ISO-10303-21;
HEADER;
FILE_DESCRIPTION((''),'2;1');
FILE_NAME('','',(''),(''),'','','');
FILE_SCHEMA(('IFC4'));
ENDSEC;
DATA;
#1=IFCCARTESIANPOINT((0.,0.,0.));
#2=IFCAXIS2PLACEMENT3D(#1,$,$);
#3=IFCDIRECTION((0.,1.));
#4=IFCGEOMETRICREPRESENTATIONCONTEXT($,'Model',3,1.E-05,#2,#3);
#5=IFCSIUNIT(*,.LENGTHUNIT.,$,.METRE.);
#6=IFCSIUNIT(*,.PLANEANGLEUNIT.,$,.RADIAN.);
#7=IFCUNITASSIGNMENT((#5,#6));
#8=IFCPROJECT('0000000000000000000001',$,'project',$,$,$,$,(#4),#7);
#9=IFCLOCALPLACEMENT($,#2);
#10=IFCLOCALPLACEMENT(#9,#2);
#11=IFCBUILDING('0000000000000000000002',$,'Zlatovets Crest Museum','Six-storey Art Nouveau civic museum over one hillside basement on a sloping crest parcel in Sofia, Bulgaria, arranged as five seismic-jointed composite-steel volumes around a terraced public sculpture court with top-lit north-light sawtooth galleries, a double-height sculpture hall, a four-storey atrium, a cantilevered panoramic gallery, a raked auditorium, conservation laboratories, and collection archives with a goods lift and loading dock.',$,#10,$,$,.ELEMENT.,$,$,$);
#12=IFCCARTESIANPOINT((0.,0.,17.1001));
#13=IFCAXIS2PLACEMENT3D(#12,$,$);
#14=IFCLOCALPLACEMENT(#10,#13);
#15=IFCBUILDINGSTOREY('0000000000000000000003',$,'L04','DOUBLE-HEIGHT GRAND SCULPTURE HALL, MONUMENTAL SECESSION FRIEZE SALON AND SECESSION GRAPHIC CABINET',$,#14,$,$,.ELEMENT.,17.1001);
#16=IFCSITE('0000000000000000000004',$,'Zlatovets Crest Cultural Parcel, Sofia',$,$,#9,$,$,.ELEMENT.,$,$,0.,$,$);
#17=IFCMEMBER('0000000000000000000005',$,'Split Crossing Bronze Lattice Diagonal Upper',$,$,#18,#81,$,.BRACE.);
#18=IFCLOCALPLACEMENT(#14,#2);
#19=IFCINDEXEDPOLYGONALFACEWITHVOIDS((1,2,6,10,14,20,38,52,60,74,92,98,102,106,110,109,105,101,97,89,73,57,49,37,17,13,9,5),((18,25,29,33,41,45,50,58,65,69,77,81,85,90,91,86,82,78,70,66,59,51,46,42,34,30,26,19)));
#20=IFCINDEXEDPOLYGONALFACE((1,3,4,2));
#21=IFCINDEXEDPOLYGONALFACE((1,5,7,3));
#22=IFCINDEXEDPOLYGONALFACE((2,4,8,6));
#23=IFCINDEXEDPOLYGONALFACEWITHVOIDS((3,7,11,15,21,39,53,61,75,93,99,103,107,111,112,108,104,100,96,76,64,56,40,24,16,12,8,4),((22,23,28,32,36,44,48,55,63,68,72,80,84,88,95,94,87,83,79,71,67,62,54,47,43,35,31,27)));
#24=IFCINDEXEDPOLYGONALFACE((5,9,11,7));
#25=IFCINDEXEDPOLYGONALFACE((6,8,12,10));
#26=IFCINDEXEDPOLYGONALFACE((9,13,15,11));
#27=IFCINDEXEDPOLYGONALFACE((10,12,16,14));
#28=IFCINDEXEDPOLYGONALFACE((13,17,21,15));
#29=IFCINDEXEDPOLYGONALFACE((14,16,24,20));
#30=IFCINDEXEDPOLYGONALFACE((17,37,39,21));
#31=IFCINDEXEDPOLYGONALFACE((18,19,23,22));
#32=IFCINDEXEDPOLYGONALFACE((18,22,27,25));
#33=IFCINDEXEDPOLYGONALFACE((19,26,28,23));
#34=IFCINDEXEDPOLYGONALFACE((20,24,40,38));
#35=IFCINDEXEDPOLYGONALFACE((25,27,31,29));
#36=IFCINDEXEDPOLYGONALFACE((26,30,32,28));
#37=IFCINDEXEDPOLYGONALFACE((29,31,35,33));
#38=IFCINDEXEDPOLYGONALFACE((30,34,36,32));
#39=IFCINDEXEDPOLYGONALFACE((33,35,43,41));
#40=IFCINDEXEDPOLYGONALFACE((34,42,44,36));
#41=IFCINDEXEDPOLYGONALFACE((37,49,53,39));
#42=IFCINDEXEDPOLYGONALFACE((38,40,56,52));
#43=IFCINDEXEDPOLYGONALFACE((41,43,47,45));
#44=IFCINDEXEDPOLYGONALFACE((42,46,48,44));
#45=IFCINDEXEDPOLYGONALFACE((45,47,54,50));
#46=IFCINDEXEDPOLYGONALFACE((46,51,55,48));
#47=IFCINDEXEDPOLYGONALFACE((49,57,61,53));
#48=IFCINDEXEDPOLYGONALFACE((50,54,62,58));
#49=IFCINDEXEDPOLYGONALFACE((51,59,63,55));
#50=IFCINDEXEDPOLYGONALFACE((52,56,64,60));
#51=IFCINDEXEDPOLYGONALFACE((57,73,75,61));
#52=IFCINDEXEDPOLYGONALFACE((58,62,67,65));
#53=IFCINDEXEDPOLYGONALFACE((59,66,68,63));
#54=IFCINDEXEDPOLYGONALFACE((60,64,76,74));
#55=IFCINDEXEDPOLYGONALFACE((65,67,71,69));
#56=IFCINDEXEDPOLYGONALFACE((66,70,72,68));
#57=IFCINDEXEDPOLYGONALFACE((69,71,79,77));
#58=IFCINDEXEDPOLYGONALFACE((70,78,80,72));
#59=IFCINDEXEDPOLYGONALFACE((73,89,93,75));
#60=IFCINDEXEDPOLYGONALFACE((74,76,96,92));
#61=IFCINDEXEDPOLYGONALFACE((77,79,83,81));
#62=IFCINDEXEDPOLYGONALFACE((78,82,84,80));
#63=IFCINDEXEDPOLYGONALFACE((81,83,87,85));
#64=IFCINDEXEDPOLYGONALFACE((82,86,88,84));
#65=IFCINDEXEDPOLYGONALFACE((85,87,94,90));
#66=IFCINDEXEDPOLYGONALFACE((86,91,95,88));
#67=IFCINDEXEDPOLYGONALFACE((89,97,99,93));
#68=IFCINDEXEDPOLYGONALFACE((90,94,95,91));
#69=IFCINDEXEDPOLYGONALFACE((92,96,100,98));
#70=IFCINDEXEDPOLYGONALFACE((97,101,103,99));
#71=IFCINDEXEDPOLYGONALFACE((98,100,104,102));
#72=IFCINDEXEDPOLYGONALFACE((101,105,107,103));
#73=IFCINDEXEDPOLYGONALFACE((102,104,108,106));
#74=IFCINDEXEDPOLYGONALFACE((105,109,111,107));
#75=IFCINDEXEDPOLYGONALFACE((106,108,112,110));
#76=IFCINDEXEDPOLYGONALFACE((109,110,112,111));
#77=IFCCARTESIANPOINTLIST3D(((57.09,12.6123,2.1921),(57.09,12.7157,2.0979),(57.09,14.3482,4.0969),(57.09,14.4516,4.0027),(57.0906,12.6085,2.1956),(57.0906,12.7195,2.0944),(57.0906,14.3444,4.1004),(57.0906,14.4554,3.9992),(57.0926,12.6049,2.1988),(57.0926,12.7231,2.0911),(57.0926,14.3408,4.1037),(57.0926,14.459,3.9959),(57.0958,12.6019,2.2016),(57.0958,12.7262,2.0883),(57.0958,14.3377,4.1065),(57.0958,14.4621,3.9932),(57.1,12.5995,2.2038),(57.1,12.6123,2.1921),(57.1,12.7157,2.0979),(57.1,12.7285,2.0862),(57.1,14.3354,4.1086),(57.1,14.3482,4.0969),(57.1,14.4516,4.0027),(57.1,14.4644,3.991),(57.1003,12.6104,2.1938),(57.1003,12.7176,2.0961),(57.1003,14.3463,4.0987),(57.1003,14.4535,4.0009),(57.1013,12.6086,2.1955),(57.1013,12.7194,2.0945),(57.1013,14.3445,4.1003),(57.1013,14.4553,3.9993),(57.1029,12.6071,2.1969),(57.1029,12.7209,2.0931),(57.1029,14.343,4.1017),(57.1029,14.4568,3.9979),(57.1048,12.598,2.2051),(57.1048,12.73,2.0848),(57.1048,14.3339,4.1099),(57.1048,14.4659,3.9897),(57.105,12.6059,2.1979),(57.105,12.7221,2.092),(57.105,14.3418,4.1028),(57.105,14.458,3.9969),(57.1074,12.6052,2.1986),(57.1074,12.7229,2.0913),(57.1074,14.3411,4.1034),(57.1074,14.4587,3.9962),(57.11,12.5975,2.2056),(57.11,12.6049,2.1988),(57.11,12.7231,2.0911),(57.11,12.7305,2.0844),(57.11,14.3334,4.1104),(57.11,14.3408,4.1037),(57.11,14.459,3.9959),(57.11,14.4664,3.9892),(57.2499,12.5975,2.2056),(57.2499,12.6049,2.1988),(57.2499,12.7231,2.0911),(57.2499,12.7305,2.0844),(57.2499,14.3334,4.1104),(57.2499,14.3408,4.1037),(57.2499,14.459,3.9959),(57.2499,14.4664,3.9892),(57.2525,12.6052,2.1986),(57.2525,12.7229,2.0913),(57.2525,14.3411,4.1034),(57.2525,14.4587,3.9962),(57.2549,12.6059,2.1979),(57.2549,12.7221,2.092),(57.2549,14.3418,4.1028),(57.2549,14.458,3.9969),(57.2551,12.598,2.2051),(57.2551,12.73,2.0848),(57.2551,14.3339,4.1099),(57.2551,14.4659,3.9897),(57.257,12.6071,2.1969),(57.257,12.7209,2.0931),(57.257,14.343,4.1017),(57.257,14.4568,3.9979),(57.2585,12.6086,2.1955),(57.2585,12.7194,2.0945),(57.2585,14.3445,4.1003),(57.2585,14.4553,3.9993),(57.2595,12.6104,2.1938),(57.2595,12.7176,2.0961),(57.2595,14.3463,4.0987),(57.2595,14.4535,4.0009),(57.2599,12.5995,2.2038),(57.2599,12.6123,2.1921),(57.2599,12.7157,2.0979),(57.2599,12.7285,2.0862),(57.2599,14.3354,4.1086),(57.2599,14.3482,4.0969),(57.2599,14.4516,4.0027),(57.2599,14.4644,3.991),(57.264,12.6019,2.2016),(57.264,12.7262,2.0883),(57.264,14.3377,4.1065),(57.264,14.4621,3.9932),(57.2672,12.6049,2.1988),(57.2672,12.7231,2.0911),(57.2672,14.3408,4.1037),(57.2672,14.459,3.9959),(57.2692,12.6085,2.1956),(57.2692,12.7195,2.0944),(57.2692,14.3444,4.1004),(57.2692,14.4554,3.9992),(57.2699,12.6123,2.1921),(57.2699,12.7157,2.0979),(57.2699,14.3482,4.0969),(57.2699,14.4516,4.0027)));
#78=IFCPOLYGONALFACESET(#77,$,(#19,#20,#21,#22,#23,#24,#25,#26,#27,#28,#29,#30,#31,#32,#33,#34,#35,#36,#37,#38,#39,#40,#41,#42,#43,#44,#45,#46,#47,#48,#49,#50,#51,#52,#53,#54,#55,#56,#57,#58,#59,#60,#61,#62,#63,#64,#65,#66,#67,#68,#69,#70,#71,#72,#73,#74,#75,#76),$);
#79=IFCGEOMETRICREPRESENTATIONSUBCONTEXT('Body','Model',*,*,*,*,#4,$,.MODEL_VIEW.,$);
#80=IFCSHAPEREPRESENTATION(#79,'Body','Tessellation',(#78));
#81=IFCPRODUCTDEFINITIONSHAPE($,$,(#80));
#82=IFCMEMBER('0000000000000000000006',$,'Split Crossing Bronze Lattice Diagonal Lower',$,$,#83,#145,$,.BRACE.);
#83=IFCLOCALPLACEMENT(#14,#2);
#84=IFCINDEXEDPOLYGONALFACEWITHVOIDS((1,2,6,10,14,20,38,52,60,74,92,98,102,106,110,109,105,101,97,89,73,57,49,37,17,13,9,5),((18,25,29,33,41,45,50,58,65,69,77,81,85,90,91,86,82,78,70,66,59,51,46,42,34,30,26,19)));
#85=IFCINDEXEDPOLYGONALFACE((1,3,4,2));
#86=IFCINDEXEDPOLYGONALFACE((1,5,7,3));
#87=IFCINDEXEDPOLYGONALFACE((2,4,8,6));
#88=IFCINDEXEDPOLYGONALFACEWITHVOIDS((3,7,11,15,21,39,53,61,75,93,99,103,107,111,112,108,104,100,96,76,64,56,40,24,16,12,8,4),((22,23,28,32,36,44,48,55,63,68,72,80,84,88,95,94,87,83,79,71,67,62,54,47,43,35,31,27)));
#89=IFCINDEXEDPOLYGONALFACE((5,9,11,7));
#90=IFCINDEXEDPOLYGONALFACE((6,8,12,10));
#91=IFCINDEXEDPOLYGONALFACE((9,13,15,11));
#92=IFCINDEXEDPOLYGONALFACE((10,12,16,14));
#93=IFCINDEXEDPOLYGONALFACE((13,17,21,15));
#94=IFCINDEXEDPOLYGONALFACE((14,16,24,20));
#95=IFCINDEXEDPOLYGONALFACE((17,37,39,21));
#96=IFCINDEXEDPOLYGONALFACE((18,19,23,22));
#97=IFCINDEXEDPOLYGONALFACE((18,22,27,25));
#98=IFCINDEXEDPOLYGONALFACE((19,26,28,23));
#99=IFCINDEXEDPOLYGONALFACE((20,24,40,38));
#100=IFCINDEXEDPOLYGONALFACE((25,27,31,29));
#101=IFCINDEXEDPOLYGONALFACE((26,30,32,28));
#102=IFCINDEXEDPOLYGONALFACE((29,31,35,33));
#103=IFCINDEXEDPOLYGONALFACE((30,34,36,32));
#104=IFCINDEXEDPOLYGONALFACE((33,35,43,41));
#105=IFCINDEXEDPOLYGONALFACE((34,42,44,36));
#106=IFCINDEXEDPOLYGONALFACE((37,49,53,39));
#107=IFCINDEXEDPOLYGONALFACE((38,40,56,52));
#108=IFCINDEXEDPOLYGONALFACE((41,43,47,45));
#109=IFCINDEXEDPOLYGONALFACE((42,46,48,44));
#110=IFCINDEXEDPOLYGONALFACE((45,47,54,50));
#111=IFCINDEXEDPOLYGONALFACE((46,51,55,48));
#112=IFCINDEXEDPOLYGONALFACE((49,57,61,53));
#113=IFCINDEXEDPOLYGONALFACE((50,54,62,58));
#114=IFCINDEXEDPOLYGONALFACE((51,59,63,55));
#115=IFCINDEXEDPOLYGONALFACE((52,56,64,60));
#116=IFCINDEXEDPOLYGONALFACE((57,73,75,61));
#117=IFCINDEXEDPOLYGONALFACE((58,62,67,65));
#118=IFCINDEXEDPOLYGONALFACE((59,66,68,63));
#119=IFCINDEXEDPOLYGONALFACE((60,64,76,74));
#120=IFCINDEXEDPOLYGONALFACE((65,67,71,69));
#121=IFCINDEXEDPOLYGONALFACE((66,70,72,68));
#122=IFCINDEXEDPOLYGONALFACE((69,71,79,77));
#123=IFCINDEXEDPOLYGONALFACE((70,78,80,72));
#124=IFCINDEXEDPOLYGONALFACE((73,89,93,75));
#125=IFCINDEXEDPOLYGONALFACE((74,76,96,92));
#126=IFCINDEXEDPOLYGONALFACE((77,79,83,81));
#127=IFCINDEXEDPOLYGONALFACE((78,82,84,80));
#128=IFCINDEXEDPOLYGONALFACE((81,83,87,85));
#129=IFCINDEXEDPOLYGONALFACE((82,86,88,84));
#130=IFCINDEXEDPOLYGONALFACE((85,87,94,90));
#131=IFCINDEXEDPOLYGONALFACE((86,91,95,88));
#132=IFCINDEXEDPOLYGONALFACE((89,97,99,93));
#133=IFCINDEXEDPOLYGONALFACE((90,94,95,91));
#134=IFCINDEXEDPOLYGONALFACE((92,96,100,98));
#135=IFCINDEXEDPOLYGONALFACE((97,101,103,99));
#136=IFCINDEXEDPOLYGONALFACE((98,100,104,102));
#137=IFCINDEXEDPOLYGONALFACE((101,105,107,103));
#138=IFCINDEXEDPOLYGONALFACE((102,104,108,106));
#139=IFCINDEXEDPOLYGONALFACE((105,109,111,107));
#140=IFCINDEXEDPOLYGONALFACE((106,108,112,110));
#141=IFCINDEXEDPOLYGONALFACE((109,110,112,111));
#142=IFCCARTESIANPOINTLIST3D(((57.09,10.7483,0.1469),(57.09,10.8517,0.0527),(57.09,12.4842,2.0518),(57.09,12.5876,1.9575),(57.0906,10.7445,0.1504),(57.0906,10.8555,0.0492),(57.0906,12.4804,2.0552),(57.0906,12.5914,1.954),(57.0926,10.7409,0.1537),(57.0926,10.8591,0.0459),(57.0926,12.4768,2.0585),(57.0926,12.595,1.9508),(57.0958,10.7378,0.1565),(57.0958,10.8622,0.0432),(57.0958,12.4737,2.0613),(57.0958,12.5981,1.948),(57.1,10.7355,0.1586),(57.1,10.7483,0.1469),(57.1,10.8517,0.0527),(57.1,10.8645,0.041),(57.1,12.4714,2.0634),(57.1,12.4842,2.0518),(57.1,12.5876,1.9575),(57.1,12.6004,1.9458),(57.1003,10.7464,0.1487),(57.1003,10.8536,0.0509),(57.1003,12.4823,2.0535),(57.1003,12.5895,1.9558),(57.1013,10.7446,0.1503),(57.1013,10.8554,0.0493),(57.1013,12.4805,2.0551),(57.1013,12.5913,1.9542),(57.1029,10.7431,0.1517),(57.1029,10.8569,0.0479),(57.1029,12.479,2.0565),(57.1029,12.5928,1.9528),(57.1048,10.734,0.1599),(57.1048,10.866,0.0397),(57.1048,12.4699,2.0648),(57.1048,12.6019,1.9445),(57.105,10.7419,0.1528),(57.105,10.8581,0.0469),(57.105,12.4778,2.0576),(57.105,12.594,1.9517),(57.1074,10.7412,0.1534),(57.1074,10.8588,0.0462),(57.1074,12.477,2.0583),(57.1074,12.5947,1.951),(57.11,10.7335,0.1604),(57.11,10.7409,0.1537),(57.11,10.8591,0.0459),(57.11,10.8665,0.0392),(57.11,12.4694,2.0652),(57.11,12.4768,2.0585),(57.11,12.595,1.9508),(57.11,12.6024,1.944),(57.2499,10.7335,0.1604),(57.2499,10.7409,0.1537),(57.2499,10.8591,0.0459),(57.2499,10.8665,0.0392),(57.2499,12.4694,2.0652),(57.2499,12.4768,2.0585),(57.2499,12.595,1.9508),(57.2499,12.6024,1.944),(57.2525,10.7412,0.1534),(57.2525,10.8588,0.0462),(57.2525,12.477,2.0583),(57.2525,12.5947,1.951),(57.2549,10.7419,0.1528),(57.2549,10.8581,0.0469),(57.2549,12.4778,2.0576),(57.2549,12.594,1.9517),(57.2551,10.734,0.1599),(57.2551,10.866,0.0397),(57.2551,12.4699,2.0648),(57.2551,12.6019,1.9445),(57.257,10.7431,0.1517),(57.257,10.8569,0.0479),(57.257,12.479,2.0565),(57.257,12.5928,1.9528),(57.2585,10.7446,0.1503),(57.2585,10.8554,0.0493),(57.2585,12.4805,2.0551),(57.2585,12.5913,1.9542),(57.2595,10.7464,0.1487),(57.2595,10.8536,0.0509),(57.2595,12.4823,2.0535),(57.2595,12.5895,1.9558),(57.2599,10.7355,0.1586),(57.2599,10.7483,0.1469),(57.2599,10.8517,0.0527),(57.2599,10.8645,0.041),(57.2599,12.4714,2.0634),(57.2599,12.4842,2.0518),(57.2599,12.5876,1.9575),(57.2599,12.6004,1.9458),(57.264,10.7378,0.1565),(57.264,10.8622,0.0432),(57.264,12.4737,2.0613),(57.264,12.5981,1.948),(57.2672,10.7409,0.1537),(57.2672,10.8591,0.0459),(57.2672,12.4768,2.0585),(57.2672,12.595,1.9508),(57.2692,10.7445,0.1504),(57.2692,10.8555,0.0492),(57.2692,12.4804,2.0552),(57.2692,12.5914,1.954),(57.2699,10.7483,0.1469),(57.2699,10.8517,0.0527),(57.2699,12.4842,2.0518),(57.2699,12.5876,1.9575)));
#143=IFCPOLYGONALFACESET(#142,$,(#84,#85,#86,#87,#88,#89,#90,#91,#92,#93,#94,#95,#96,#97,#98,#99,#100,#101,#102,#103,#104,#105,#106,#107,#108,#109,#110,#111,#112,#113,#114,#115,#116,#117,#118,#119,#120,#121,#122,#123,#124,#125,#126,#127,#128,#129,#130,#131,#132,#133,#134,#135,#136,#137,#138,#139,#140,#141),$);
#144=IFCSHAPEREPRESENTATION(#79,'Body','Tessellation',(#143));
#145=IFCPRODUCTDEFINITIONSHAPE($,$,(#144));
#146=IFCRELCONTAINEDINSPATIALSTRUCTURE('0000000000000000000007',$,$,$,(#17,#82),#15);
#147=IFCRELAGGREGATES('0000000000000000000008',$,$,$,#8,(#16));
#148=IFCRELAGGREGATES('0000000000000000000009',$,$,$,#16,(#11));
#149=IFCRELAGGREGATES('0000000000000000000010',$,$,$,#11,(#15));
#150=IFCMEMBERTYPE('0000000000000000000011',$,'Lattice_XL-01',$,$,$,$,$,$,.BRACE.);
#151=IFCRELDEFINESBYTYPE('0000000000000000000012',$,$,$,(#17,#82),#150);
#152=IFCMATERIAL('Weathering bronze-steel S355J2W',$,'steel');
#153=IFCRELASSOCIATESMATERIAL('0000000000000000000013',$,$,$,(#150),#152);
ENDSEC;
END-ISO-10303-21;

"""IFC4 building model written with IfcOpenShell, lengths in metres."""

from ifc_helpers import new_model, si_unit, direction, frame, origin, origin_2d, place, context, subcontext, project, spatial, hollow_rectangle, extrude, material, material_profile, profile_set, type_object, element, save


model = new_model("IFC4")

# Units and contexts
model_context = context("Model", 3, precision=1e-05, world=origin(), true_north=direction((0.0, 1.0)))
body_context = subcontext(model_context, "Body", "Model", "MODEL_VIEW")
ifc_project = project(units=[si_unit("LENGTHUNIT", "METRE"), si_unit("PLANEANGLEUNIT", "RADIAN")], contexts=[model_context])

# Site, building, storey
site_placement = place(None, origin())
site = spatial("IfcSite", under=ifc_project, at=site_placement, Name="Zlatovets Crest Cultural Parcel, Sofia", CompositionType="ELEMENT", RefElevation=0.0)
building_placement = place(site_placement, origin())
building = spatial("IfcBuilding", under=site, at=building_placement, Name="Zlatovets Crest Museum", Description="Six-storey Art Nouveau civic museum over one hillside basement on a sloping crest parcel in Sofia, Bulgaria, arranged as five seismic-jointed composite-steel volumes around a terraced public sculpture court with top-lit north-light sawtooth galleries, a double-height sculpture hall, a four-storey atrium, a cantilevered panoramic gallery, a raked auditorium, conservation laboratories, and collection archives with a goods lift and loading dock.", CompositionType="ELEMENT")
storey_placement = place(building_placement, frame((0.0, 0.0, 17.1001)))
storey = spatial("IfcBuildingStorey", under=building, at=storey_placement, Name="L04", Description="DOUBLE-HEIGHT GRAND SCULPTURE HALL, MONUMENTAL SECESSION FRIEZE SALON AND SECESSION GRAPHIC CABINET", CompositionType="ELEMENT", Elevation=17.1001)

# Members
ifc_material_1 = material(Name="Weathering bronze-steel S355J2W", Category="steel")
ifc_material_profile_1 = material_profile(ifc_material_1, hollow_rectangle(XDim=0.1799, YDim=0.1799, WallThickness=0.01, InnerFilletRadius=0.01, OuterFilletRadius=0.02, at=origin_2d()), Name="SHS 180x180x10.0")
ifc_profile_set_1 = profile_set([ifc_material_profile_1], Name="Weathering bronze-steel S355J2W")
member_type_1 = type_object("IfcMemberType", Name="Lattice_XL-01", PredefinedType="BRACE", material=ifc_profile_set_1)
for number, where, z_axis, x_axis, name in (
    (1, (57.1799, 14.3999, 4.0498), (0.0, -0.673568, -0.739125), (1.0, 0.0, 0.0), "Split Crossing Bronze Lattice Diagonal Upper"),
    (2, (57.1799, 12.5359, 2.0046), (0.0, -0.673568, -0.739125), (1.0, 0.0, 0.0), "Split Crossing Bronze Lattice Diagonal Lower"),
):
    element("IfcMember", number, at=place(storey_placement, frame(where, z_axis=z_axis, x_axis=x_axis)), inside=storey, type_object=member_type_1, Name=name, PredefinedType="BRACE", context=body_context, shape_type="SweptSolid", body=[
        extrude(hollow_rectangle(XDim=0.1799, YDim=0.1799, WallThickness=0.01, InnerFilletRadius=0.01, OuterFilletRadius=0.02, at=origin_2d()), origin(), (0.0, 0.0, 1.0), 2.5771),
    ])

save(model, "model.ifc")
